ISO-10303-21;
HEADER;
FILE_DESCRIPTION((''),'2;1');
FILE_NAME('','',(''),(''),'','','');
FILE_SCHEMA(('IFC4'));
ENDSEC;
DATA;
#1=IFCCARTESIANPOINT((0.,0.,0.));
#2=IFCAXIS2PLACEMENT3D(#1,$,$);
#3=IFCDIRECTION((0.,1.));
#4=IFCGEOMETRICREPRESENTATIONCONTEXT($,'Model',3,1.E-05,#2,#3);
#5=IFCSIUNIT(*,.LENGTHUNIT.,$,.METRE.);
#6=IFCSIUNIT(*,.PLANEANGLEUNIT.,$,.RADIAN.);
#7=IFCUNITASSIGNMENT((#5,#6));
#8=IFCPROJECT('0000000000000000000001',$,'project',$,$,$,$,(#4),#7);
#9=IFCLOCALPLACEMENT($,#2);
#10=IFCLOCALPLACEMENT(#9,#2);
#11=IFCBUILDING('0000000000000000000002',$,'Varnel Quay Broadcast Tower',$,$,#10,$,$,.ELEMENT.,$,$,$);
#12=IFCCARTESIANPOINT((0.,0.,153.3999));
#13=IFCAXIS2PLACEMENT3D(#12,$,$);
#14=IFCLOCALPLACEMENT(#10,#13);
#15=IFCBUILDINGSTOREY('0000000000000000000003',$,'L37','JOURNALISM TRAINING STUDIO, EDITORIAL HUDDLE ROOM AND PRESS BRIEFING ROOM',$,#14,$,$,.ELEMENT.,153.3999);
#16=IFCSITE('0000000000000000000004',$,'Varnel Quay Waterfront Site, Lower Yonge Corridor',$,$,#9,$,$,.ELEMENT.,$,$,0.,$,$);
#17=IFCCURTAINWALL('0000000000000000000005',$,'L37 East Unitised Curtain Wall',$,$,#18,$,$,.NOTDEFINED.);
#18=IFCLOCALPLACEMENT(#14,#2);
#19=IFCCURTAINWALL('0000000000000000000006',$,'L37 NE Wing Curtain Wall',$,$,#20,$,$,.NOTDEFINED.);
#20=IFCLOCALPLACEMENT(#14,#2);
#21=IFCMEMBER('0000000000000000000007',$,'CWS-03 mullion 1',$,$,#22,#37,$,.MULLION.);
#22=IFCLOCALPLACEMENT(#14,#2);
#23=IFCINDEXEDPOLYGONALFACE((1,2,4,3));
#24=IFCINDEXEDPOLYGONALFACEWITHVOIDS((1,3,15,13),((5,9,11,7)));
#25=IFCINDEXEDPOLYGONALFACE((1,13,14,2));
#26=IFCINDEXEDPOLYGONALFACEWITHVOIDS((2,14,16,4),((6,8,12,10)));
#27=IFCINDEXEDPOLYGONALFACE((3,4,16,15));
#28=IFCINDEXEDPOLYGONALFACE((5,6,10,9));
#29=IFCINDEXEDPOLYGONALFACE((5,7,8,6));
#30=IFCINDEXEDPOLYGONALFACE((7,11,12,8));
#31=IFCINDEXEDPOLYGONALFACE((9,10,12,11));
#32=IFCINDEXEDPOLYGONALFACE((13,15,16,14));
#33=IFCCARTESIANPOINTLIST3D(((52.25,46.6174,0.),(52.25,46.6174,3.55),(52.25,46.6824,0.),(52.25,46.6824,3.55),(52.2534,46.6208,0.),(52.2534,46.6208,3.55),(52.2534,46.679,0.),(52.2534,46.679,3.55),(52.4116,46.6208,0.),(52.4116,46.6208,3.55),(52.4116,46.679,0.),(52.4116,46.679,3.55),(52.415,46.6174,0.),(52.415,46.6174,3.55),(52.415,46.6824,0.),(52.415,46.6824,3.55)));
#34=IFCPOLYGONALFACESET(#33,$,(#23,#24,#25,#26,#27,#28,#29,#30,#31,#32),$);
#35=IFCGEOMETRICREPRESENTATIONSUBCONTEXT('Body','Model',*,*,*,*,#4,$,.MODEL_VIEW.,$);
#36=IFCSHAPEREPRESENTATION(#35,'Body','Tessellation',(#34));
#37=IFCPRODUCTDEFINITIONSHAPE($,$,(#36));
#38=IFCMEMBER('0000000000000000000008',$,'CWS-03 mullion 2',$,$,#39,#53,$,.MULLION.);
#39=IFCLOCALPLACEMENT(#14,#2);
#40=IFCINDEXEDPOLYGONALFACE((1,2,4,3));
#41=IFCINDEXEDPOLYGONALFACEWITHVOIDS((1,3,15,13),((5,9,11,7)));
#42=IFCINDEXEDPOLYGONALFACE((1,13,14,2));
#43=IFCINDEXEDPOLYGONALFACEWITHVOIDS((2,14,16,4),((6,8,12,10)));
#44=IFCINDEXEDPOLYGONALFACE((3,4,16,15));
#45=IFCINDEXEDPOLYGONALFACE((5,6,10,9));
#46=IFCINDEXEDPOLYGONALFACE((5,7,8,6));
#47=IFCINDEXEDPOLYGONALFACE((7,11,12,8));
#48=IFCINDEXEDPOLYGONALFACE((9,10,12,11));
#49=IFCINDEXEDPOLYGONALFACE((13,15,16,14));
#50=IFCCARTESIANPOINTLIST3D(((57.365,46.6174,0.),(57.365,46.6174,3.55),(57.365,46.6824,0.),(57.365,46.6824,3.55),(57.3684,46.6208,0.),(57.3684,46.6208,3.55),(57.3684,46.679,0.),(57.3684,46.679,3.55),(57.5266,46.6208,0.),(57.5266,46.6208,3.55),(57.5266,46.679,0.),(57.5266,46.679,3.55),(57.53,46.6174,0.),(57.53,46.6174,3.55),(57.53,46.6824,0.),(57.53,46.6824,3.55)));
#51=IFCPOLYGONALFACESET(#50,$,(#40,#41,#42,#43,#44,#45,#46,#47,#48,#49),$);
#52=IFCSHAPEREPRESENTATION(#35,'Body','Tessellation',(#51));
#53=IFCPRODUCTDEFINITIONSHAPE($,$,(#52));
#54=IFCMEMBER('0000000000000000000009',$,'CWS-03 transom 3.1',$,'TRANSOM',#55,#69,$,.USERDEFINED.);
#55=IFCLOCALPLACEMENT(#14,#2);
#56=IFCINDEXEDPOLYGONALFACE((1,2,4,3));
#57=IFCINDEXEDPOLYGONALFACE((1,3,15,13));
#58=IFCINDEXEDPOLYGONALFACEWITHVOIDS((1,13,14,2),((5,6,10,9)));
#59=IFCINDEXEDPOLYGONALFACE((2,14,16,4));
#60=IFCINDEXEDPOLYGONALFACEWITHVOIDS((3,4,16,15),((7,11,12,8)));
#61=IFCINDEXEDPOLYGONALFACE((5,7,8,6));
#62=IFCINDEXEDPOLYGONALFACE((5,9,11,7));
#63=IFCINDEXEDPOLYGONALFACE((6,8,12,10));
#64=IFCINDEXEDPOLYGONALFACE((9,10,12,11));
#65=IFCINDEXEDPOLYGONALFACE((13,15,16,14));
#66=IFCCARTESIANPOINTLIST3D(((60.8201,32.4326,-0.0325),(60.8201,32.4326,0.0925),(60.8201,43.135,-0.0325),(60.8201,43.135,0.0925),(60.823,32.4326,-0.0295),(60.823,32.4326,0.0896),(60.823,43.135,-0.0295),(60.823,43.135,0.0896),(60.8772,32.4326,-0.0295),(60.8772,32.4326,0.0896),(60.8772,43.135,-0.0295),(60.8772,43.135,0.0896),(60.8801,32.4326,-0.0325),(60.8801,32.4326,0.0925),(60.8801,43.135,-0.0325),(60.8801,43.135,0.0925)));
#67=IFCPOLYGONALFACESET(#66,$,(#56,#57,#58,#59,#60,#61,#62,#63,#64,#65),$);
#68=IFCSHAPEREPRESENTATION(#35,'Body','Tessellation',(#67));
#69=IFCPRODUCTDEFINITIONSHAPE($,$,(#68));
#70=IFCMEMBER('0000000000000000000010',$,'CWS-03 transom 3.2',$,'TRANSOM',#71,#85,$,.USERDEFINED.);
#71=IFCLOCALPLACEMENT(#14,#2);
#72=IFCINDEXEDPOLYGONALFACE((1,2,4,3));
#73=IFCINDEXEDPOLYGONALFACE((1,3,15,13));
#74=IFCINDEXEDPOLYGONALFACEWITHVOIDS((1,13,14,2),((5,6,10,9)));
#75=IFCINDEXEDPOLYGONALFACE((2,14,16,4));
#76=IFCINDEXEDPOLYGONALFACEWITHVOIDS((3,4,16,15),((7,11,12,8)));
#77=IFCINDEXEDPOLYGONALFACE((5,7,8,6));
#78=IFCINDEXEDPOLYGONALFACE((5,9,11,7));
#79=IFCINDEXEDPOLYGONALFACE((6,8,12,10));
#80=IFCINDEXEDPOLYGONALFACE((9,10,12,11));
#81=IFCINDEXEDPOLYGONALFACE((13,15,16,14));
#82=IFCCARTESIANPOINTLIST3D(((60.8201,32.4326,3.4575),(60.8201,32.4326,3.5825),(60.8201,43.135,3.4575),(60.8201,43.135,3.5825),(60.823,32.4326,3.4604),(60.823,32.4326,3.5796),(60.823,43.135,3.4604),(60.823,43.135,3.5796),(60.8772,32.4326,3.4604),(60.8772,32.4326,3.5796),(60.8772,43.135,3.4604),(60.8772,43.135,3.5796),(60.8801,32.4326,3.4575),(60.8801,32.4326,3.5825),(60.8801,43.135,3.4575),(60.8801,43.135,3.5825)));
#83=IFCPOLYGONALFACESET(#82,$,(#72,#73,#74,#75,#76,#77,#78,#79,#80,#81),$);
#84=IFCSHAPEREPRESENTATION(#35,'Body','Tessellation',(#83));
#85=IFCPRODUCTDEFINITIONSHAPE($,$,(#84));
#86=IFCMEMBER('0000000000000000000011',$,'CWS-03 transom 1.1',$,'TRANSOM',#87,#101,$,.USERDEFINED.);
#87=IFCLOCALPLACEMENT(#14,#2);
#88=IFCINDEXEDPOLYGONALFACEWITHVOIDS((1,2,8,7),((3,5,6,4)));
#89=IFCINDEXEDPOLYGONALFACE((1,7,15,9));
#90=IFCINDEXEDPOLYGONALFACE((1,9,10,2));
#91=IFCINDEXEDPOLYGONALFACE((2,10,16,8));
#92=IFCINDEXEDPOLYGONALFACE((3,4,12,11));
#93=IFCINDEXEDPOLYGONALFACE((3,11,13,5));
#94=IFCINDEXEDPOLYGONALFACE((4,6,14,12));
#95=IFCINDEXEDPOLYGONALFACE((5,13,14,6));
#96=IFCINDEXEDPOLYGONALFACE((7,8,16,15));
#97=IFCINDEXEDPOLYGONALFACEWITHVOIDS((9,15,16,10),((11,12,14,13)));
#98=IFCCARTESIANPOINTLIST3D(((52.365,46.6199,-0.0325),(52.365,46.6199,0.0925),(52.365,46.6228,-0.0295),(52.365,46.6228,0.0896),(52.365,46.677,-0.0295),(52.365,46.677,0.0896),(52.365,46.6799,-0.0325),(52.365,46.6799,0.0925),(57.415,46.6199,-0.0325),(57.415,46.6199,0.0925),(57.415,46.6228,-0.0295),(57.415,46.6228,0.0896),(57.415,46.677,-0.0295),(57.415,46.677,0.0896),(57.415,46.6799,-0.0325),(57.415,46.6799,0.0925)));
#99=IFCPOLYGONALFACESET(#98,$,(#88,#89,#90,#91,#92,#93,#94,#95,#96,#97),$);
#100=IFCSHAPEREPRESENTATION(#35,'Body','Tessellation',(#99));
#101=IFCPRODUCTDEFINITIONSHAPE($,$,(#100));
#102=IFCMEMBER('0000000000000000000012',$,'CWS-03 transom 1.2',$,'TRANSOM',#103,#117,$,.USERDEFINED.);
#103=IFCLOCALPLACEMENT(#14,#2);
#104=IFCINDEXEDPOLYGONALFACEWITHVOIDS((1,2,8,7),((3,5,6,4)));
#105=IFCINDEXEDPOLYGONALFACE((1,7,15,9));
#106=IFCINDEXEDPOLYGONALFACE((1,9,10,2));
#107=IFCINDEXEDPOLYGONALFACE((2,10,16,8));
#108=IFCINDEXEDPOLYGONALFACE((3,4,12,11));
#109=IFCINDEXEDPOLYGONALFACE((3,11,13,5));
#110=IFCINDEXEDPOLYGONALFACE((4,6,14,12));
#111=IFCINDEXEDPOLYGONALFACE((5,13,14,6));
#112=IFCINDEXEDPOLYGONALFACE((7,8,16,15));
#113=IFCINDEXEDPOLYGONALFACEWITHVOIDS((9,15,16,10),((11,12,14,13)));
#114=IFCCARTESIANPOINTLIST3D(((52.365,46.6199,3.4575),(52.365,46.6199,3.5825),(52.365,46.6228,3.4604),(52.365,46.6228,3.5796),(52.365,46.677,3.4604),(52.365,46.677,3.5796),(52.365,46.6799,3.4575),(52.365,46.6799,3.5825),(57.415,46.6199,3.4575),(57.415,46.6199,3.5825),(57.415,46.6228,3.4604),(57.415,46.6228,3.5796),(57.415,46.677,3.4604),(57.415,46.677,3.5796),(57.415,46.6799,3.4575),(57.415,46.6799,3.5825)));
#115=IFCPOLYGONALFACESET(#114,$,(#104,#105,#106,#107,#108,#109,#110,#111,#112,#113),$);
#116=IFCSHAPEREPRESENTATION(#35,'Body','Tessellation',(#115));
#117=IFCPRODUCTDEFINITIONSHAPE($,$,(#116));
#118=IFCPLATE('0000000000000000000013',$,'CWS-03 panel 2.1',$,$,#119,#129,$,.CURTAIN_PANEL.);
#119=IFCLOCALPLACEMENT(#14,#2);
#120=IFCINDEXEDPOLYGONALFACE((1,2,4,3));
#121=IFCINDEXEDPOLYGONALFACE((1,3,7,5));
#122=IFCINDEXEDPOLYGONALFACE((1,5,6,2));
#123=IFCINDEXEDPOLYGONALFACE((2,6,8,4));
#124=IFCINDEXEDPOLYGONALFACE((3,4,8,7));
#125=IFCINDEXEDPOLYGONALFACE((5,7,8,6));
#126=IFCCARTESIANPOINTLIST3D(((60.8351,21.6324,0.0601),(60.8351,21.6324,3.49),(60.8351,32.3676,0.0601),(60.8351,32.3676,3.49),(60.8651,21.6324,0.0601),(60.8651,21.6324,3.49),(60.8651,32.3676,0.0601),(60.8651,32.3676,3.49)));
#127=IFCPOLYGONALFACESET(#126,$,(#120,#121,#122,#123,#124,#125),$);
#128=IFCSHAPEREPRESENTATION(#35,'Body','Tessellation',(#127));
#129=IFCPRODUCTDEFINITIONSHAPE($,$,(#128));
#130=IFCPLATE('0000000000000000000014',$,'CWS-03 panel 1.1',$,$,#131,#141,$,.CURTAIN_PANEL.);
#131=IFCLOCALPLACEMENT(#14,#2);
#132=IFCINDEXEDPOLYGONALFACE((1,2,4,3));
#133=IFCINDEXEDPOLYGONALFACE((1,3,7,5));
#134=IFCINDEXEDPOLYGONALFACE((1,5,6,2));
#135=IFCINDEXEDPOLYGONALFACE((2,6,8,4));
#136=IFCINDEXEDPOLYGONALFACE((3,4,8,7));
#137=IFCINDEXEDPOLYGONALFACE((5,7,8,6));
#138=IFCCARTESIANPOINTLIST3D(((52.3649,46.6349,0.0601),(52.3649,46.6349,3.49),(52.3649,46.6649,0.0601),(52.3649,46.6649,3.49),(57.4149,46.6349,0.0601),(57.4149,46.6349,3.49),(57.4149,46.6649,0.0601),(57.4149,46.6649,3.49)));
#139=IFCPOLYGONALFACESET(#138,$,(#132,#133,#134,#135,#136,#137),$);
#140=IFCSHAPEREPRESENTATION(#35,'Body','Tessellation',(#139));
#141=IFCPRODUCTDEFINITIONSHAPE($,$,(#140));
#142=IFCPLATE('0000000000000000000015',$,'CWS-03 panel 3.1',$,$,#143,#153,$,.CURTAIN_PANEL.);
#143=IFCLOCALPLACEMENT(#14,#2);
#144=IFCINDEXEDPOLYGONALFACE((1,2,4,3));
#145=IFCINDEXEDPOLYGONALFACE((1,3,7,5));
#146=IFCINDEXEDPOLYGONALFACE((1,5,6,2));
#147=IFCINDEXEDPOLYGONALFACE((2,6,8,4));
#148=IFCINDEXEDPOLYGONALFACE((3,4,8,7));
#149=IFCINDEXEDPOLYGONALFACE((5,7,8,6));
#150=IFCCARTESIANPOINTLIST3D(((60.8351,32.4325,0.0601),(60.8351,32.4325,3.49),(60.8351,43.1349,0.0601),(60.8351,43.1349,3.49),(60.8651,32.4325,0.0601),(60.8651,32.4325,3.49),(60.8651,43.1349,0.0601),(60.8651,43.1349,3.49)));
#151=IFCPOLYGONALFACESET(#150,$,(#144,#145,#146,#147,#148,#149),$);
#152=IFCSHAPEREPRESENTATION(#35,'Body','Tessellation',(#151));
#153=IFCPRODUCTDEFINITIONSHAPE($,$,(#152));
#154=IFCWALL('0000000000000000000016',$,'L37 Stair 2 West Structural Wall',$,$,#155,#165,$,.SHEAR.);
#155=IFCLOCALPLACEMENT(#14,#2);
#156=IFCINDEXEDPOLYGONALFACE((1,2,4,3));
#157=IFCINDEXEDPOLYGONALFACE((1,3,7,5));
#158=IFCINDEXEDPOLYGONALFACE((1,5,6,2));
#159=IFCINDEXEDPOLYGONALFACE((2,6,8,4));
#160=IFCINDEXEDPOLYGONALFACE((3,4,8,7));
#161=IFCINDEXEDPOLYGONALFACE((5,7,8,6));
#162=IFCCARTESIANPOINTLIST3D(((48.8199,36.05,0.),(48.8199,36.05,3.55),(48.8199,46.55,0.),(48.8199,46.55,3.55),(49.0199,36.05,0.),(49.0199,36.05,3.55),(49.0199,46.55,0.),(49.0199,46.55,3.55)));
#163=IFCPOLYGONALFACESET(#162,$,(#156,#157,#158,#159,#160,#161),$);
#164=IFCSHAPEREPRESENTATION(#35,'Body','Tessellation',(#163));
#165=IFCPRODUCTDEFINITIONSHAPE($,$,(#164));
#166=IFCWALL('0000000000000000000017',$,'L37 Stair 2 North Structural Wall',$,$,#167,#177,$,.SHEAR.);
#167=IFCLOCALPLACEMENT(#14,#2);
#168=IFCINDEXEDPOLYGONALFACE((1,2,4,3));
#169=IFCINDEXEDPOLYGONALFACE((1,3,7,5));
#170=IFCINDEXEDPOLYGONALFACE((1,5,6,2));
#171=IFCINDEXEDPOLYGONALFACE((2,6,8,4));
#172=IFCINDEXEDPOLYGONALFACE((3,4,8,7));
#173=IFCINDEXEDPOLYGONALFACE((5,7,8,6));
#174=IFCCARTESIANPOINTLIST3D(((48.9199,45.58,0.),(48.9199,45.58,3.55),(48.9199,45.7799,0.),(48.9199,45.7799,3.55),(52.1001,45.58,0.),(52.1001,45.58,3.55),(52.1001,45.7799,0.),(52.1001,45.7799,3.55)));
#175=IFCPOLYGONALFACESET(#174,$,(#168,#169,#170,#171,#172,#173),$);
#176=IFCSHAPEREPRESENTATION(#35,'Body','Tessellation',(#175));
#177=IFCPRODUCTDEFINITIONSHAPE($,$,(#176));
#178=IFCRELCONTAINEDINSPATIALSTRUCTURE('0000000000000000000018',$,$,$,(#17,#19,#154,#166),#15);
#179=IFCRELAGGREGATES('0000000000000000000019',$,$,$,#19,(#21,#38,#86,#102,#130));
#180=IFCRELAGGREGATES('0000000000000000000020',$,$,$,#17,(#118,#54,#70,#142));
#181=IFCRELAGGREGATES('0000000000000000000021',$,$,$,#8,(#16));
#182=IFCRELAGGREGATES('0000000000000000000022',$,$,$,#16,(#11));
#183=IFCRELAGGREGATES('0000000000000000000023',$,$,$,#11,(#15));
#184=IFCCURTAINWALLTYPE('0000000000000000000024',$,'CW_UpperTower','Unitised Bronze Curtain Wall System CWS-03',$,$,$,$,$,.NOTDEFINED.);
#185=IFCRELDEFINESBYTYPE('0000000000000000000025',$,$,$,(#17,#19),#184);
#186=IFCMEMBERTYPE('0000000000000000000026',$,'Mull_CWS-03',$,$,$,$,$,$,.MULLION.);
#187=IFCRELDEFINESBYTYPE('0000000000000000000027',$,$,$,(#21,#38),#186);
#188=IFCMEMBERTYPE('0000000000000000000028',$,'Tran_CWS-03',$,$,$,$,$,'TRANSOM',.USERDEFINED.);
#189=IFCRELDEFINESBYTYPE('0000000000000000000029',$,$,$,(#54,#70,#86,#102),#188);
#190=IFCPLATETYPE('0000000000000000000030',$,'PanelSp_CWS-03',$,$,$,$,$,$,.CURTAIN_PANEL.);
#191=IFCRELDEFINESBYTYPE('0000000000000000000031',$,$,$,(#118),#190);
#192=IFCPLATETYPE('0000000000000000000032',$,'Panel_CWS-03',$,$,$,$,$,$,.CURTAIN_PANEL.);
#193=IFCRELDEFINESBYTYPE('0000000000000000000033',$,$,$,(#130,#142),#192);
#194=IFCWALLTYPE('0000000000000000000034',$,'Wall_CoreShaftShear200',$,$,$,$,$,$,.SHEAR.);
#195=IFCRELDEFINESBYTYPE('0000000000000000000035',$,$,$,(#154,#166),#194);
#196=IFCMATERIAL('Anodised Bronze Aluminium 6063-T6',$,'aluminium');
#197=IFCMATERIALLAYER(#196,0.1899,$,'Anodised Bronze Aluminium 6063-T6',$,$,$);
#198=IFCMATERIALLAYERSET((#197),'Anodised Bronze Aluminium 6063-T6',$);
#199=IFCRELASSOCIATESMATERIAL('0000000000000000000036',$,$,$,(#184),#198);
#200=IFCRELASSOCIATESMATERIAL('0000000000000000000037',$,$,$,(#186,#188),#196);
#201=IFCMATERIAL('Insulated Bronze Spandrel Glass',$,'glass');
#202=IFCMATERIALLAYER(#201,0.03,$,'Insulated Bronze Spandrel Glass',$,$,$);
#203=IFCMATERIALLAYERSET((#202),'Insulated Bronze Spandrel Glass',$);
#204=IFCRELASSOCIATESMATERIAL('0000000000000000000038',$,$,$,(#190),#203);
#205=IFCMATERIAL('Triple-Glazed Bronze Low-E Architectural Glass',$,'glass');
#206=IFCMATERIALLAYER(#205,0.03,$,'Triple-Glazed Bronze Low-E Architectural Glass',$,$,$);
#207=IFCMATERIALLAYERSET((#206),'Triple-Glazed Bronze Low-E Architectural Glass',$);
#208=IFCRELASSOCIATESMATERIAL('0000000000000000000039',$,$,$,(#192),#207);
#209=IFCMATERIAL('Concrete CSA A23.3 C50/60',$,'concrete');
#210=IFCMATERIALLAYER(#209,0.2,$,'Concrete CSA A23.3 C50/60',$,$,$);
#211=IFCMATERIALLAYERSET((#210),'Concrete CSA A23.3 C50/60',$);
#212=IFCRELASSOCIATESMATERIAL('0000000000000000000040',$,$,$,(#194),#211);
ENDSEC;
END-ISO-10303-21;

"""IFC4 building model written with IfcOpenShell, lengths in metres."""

from ifc_helpers import new_model, si_unit, direction, frame, frame_2d, origin, origin_2d, place, context, subcontext, project, spatial, rectangle, hollow_rectangle, extrude, source, transform, mapped, material, layer, layer_set, material_profile, profile_set, type_object, type_shapes, element, aggregate, save


model = new_model("IFC4")

# Units and contexts
model_context = context("Model", 3, precision=1e-05, world=origin(), true_north=direction((0.0, 1.0)))
body_context = subcontext(model_context, "Body", "Model", "MODEL_VIEW")
ifc_project = project(units=[si_unit("LENGTHUNIT", "METRE"), si_unit("PLANEANGLEUNIT", "RADIAN")], contexts=[model_context])

# Site, building, storey
site_placement = place(None, origin())
site = spatial("IfcSite", under=ifc_project, at=site_placement, Name="Varnel Quay Waterfront Site, Lower Yonge Corridor", CompositionType="ELEMENT", RefElevation=0.0)
building_placement = place(site_placement, origin())
building = spatial("IfcBuilding", under=site, at=building_placement, Name="Varnel Quay Broadcast Tower", CompositionType="ELEMENT")
storey_placement = place(building_placement, frame((0.0, 0.0, 153.3999)))
storey = spatial("IfcBuildingStorey", under=building, at=storey_placement, Name="L37", Description="JOURNALISM TRAINING STUDIO, EDITORIAL HUDDLE ROOM AND PRESS BRIEFING ROOM", CompositionType="ELEMENT", Elevation=153.3999)

# Curtain walls, members
ifc_material_1 = material(Name="Anodised Bronze Aluminium 6063-T6", Category="aluminium")
ifc_layer_1 = layer(ifc_material_1, 0.1899, Name="Anodised Bronze Aluminium 6063-T6")
ifc_layer_set_1 = layer_set([ifc_layer_1], Name="Anodised Bronze Aluminium 6063-T6")
curtain_wall_type = type_object("IfcCurtainWallType", Name="CW_UpperTower", Description="Unitised Bronze Curtain Wall System CWS-03", PredefinedType="NOTDEFINED", material=ifc_layer_set_1)
curtain_wall_1_placement = place(storey_placement, origin())
curtain_wall_1 = element("IfcCurtainWall", 1, at=curtain_wall_1_placement, inside=storey, type_object=curtain_wall_type, Name="L37 East Unitised Curtain Wall", PredefinedType="NOTDEFINED")
ifc_material_profile_1 = material_profile(ifc_material_1, hollow_rectangle(XDim=0.0649, YDim=0.165, WallThickness=0.0034, at=origin_2d()), Name="ALU65X165X3.5")
ifc_profile_set_1 = profile_set([ifc_material_profile_1], Name="Anodised Bronze Aluminium 6063-T6")
member_type_1 = type_object("IfcMemberType", Name="Mull_CWS-03", PredefinedType="MULLION", material=ifc_profile_set_1)
shared_shape_1 = source(origin(), body_context, "Body", "SweptSolid", [
    extrude(hollow_rectangle(XDim=0.0649, YDim=0.165, WallThickness=0.0034, at=origin_2d()), origin(), (0.0, 0.0, 1.0), 3.55),
])
type_shapes(member_type_1, [shared_shape_1])
curtain_wall_2_placement = place(storey_placement, origin())
curtain_wall_2 = element("IfcCurtainWall", 2, at=curtain_wall_2_placement, inside=storey, type_object=curtain_wall_type, Name="L37 NE Wing Curtain Wall", PredefinedType="NOTDEFINED")
member_1_placement = place(storey_placement, frame((52.3325, 46.6499, 0.0), z_axis=(0.0, 0.0, 1.0), x_axis=(0.0, 1.0, 0.0)))
member_1 = element("IfcMember", 3, at=member_1_placement, type_object=member_type_1, Name="CWS-03 mullion 1", PredefinedType="MULLION", context=body_context, shape_type="MappedRepresentation", body=[
    mapped(shared_shape_1, transform((0.0, 0.0, 0.0), x_axis=(1.0, 0.0, 0.0), y_axis=(0.0, 1.0, 0.0), z_axis=(0.0, 0.0, 1.0), scale=1.0)),
])
member_2_placement = place(storey_placement, frame((57.4475, 46.6499, 0.0), z_axis=(0.0, 0.0, 1.0), x_axis=(0.0, 1.0, 0.0)))
member_2 = element("IfcMember", 4, at=member_2_placement, type_object=member_type_1, Name="CWS-03 mullion 2", PredefinedType="MULLION", context=body_context, shape_type="MappedRepresentation", body=[
    mapped(shared_shape_1, transform((0.0, 0.0, 0.0), x_axis=(1.0, 0.0, 0.0), y_axis=(0.0, 1.0, 0.0), z_axis=(0.0, 0.0, 1.0), scale=1.0)),
])

# Members
ifc_material_profile_2 = material_profile(ifc_material_1, hollow_rectangle(XDim=0.0601, YDim=0.125, WallThickness=0.0029, at=origin_2d()), Name="ALU60X125X3")
ifc_profile_set_2 = profile_set([ifc_material_profile_2], Name="Anodised Bronze Aluminium 6063-T6")
member_type_2 = type_object("IfcMemberType", Name="Tran_CWS-03", ElementType="TRANSOM", PredefinedType="USERDEFINED", material=ifc_profile_set_2)
shared_shape_2 = source(origin(), body_context, "Body", "SweptSolid", [
    extrude(hollow_rectangle(XDim=0.0601, YDim=0.125, WallThickness=0.0029, at=origin_2d()), origin(), (0.0, 0.0, 1.0), 10.7024),
])
member_3_placement = place(storey_placement, frame((60.8501, 32.4326, 0.03), z_axis=(0.0, 1.0, 0.0), x_axis=(-1.0, 0.0, 0.0)))
member_3 = element("IfcMember", 5, at=member_3_placement, type_object=member_type_2, Name="CWS-03 transom 3.1", ObjectType="TRANSOM", PredefinedType="USERDEFINED", context=body_context, shape_type="MappedRepresentation", body=[
    mapped(shared_shape_2, transform((0.0, 0.0, 0.0), x_axis=(1.0, 0.0, 0.0), y_axis=(0.0, 1.0, 0.0), z_axis=(0.0, 0.0, 1.0), scale=1.0)),
])
member_4_placement = place(storey_placement, frame((60.8501, 32.4326, 3.52), z_axis=(0.0, 1.0, 0.0), x_axis=(-1.0, 0.0, 0.0)))
member_4 = element("IfcMember", 6, at=member_4_placement, type_object=member_type_2, Name="CWS-03 transom 3.2", ObjectType="TRANSOM", PredefinedType="USERDEFINED", context=body_context, shape_type="MappedRepresentation", body=[
    mapped(shared_shape_2, transform((0.0, 0.0, 0.0), x_axis=(1.0, 0.0, 0.0), y_axis=(0.0, 1.0, 0.0), z_axis=(0.0, 0.0, 1.0), scale=1.0)),
])
shared_shape_3 = source(origin(), body_context, "Body", "SweptSolid", [
    extrude(hollow_rectangle(XDim=0.0601, YDim=0.125, WallThickness=0.0029, at=origin_2d()), origin(), (0.0, 0.0, 1.0), 5.05),
])
type_shapes(member_type_2, [shared_shape_2, shared_shape_3])
member_5_placement = place(storey_placement, frame((52.365, 46.6499, 0.03), z_axis=(1.0, 0.0, 0.0), x_axis=(0.0, 1.0, 0.0)))
member_5 = element("IfcMember", 7, at=member_5_placement, type_object=member_type_2, Name="CWS-03 transom 1.1", ObjectType="TRANSOM", PredefinedType="USERDEFINED", context=body_context, shape_type="MappedRepresentation", body=[
    mapped(shared_shape_3, transform((0.0, 0.0, 0.0), x_axis=(1.0, 0.0, 0.0), y_axis=(0.0, 1.0, 0.0), z_axis=(0.0, 0.0, 1.0), scale=1.0)),
])
member_6_placement = place(storey_placement, frame((52.365, 46.6499, 3.52), z_axis=(1.0, 0.0, 0.0), x_axis=(0.0, 1.0, 0.0)))
member_6 = element("IfcMember", 8, at=member_6_placement, type_object=member_type_2, Name="CWS-03 transom 1.2", ObjectType="TRANSOM", PredefinedType="USERDEFINED", context=body_context, shape_type="MappedRepresentation", body=[
    mapped(shared_shape_3, transform((0.0, 0.0, 0.0), x_axis=(1.0, 0.0, 0.0), y_axis=(0.0, 1.0, 0.0), z_axis=(0.0, 0.0, 1.0), scale=1.0)),
])

# Plates
ifc_material_2 = material(Name="Insulated Bronze Spandrel Glass", Category="glass")
ifc_layer_2 = layer(ifc_material_2, 0.03, Name="Insulated Bronze Spandrel Glass")
ifc_layer_set_2 = layer_set([ifc_layer_2], Name="Insulated Bronze Spandrel Glass")
plate_type_1 = type_object("IfcPlateType", Name="PanelSp_CWS-03", PredefinedType="CURTAIN_PANEL", material=ifc_layer_set_2)
shared_shape_4 = source(origin(), body_context, "Body", "SweptSolid", [
    extrude(rectangle(XDim=10.7351, YDim=0.03, at=origin_2d()), origin(), (0.0, 0.0, 1.0), 3.4299),
])
type_shapes(plate_type_1, [shared_shape_4])
plate_1_placement = place(storey_placement, frame((60.8501, 27.0, 0.0601), z_axis=(0.0, 0.0, 1.0), x_axis=(0.0, 1.0, 0.0)))
plate_1 = element("IfcPlate", 9, at=plate_1_placement, type_object=plate_type_1, Name="CWS-03 panel 2.1", PredefinedType="CURTAIN_PANEL", context=body_context, shape_type="MappedRepresentation", body=[
    mapped(shared_shape_4, transform((0.0, 0.0, 0.0), x_axis=(1.0, 0.0, 0.0), y_axis=(0.0, 1.0, 0.0), z_axis=(0.0, 0.0, 1.0), scale=1.0)),
])
ifc_material_3 = material(Name="Triple-Glazed Bronze Low-E Architectural Glass", Category="glass")
ifc_layer_3 = layer(ifc_material_3, 0.03, Name="Triple-Glazed Bronze Low-E Architectural Glass")
ifc_layer_set_3 = layer_set([ifc_layer_3], Name="Triple-Glazed Bronze Low-E Architectural Glass")
plate_type_2 = type_object("IfcPlateType", Name="Panel_CWS-03", PredefinedType="CURTAIN_PANEL", material=ifc_layer_set_3)
shared_shape_5 = source(origin(), body_context, "Body", "SweptSolid", [
    extrude(rectangle(XDim=5.05, YDim=0.03, at=origin_2d()), origin(), (0.0, 0.0, 1.0), 3.4299),
])
plate_2_placement = place(storey_placement, frame((54.8899, 46.6499, 0.0601), z_axis=(0.0, 0.0, 1.0), x_axis=(1.0, 0.0, 0.0)))
plate_2 = element("IfcPlate", 10, at=plate_2_placement, type_object=plate_type_2, Name="CWS-03 panel 1.1", PredefinedType="CURTAIN_PANEL", context=body_context, shape_type="MappedRepresentation", body=[
    mapped(shared_shape_5, transform((0.0, 0.0, 0.0), x_axis=(1.0, 0.0, 0.0), y_axis=(0.0, 1.0, 0.0), z_axis=(0.0, 0.0, 1.0), scale=1.0)),
])
aggregate(curtain_wall_2, [member_1, member_2, member_5, member_6, plate_2])
shared_shape_6 = source(origin(), body_context, "Body", "SweptSolid", [
    extrude(rectangle(XDim=10.7024, YDim=0.03, at=origin_2d()), origin(), (0.0, 0.0, 1.0), 3.4299),
])
type_shapes(plate_type_2, [shared_shape_5, shared_shape_6])
plate_3_placement = place(storey_placement, frame((60.8501, 37.7837, 0.0601), z_axis=(0.0, 0.0, 1.0), x_axis=(0.0, 1.0, 0.0)))
plate_3 = element("IfcPlate", 11, at=plate_3_placement, type_object=plate_type_2, Name="CWS-03 panel 3.1", PredefinedType="CURTAIN_PANEL", context=body_context, shape_type="MappedRepresentation", body=[
    mapped(shared_shape_6, transform((0.0, 0.0, 0.0), x_axis=(1.0, 0.0, 0.0), y_axis=(0.0, 1.0, 0.0), z_axis=(0.0, 0.0, 1.0), scale=1.0)),
])
aggregate(curtain_wall_1, [plate_1, member_3, member_4, plate_3])

# Walls
ifc_material_4 = material(Name="Concrete CSA A23.3 C50/60", Category="concrete")
ifc_layer_4 = layer(ifc_material_4, 0.2, Name="Concrete CSA A23.3 C50/60")
ifc_layer_set_4 = layer_set([ifc_layer_4], Name="Concrete CSA A23.3 C50/60")
wall_type_1 = type_object("IfcWallType", Name="Wall_CoreShaftShear200", PredefinedType="SHEAR", material=ifc_layer_set_4)
wall_1_placement = place(storey_placement, frame((48.9199, 36.05, 0.0), z_axis=(0.0, 0.0, 1.0), x_axis=(0.0, 1.0, 0.0)))
element("IfcWall", 12, at=wall_1_placement, inside=storey, type_object=wall_type_1, Name="L37 Stair 2 West Structural Wall", PredefinedType="SHEAR", context=body_context, shape_type="SweptSolid", body=[
    extrude(rectangle(XDim=10.5, YDim=0.2, at=frame_2d((5.25, 0.0))), origin(), (0.0, 0.0, 1.0), 3.55),
])
wall_2_placement = place(storey_placement, frame((48.9199, 45.6799, 0.0), z_axis=(0.0, 0.0, 1.0), x_axis=(1.0, 0.0, 0.0)))
element("IfcWall", 13, at=wall_2_placement, inside=storey, type_object=wall_type_1, Name="L37 Stair 2 North Structural Wall", PredefinedType="SHEAR", context=body_context, shape_type="SweptSolid", body=[
    extrude(rectangle(XDim=3.1802, YDim=0.2, at=frame_2d((1.5901, 0.0))), origin(), (0.0, 0.0, 1.0), 3.55),
])

save(model, "model.ifc")
